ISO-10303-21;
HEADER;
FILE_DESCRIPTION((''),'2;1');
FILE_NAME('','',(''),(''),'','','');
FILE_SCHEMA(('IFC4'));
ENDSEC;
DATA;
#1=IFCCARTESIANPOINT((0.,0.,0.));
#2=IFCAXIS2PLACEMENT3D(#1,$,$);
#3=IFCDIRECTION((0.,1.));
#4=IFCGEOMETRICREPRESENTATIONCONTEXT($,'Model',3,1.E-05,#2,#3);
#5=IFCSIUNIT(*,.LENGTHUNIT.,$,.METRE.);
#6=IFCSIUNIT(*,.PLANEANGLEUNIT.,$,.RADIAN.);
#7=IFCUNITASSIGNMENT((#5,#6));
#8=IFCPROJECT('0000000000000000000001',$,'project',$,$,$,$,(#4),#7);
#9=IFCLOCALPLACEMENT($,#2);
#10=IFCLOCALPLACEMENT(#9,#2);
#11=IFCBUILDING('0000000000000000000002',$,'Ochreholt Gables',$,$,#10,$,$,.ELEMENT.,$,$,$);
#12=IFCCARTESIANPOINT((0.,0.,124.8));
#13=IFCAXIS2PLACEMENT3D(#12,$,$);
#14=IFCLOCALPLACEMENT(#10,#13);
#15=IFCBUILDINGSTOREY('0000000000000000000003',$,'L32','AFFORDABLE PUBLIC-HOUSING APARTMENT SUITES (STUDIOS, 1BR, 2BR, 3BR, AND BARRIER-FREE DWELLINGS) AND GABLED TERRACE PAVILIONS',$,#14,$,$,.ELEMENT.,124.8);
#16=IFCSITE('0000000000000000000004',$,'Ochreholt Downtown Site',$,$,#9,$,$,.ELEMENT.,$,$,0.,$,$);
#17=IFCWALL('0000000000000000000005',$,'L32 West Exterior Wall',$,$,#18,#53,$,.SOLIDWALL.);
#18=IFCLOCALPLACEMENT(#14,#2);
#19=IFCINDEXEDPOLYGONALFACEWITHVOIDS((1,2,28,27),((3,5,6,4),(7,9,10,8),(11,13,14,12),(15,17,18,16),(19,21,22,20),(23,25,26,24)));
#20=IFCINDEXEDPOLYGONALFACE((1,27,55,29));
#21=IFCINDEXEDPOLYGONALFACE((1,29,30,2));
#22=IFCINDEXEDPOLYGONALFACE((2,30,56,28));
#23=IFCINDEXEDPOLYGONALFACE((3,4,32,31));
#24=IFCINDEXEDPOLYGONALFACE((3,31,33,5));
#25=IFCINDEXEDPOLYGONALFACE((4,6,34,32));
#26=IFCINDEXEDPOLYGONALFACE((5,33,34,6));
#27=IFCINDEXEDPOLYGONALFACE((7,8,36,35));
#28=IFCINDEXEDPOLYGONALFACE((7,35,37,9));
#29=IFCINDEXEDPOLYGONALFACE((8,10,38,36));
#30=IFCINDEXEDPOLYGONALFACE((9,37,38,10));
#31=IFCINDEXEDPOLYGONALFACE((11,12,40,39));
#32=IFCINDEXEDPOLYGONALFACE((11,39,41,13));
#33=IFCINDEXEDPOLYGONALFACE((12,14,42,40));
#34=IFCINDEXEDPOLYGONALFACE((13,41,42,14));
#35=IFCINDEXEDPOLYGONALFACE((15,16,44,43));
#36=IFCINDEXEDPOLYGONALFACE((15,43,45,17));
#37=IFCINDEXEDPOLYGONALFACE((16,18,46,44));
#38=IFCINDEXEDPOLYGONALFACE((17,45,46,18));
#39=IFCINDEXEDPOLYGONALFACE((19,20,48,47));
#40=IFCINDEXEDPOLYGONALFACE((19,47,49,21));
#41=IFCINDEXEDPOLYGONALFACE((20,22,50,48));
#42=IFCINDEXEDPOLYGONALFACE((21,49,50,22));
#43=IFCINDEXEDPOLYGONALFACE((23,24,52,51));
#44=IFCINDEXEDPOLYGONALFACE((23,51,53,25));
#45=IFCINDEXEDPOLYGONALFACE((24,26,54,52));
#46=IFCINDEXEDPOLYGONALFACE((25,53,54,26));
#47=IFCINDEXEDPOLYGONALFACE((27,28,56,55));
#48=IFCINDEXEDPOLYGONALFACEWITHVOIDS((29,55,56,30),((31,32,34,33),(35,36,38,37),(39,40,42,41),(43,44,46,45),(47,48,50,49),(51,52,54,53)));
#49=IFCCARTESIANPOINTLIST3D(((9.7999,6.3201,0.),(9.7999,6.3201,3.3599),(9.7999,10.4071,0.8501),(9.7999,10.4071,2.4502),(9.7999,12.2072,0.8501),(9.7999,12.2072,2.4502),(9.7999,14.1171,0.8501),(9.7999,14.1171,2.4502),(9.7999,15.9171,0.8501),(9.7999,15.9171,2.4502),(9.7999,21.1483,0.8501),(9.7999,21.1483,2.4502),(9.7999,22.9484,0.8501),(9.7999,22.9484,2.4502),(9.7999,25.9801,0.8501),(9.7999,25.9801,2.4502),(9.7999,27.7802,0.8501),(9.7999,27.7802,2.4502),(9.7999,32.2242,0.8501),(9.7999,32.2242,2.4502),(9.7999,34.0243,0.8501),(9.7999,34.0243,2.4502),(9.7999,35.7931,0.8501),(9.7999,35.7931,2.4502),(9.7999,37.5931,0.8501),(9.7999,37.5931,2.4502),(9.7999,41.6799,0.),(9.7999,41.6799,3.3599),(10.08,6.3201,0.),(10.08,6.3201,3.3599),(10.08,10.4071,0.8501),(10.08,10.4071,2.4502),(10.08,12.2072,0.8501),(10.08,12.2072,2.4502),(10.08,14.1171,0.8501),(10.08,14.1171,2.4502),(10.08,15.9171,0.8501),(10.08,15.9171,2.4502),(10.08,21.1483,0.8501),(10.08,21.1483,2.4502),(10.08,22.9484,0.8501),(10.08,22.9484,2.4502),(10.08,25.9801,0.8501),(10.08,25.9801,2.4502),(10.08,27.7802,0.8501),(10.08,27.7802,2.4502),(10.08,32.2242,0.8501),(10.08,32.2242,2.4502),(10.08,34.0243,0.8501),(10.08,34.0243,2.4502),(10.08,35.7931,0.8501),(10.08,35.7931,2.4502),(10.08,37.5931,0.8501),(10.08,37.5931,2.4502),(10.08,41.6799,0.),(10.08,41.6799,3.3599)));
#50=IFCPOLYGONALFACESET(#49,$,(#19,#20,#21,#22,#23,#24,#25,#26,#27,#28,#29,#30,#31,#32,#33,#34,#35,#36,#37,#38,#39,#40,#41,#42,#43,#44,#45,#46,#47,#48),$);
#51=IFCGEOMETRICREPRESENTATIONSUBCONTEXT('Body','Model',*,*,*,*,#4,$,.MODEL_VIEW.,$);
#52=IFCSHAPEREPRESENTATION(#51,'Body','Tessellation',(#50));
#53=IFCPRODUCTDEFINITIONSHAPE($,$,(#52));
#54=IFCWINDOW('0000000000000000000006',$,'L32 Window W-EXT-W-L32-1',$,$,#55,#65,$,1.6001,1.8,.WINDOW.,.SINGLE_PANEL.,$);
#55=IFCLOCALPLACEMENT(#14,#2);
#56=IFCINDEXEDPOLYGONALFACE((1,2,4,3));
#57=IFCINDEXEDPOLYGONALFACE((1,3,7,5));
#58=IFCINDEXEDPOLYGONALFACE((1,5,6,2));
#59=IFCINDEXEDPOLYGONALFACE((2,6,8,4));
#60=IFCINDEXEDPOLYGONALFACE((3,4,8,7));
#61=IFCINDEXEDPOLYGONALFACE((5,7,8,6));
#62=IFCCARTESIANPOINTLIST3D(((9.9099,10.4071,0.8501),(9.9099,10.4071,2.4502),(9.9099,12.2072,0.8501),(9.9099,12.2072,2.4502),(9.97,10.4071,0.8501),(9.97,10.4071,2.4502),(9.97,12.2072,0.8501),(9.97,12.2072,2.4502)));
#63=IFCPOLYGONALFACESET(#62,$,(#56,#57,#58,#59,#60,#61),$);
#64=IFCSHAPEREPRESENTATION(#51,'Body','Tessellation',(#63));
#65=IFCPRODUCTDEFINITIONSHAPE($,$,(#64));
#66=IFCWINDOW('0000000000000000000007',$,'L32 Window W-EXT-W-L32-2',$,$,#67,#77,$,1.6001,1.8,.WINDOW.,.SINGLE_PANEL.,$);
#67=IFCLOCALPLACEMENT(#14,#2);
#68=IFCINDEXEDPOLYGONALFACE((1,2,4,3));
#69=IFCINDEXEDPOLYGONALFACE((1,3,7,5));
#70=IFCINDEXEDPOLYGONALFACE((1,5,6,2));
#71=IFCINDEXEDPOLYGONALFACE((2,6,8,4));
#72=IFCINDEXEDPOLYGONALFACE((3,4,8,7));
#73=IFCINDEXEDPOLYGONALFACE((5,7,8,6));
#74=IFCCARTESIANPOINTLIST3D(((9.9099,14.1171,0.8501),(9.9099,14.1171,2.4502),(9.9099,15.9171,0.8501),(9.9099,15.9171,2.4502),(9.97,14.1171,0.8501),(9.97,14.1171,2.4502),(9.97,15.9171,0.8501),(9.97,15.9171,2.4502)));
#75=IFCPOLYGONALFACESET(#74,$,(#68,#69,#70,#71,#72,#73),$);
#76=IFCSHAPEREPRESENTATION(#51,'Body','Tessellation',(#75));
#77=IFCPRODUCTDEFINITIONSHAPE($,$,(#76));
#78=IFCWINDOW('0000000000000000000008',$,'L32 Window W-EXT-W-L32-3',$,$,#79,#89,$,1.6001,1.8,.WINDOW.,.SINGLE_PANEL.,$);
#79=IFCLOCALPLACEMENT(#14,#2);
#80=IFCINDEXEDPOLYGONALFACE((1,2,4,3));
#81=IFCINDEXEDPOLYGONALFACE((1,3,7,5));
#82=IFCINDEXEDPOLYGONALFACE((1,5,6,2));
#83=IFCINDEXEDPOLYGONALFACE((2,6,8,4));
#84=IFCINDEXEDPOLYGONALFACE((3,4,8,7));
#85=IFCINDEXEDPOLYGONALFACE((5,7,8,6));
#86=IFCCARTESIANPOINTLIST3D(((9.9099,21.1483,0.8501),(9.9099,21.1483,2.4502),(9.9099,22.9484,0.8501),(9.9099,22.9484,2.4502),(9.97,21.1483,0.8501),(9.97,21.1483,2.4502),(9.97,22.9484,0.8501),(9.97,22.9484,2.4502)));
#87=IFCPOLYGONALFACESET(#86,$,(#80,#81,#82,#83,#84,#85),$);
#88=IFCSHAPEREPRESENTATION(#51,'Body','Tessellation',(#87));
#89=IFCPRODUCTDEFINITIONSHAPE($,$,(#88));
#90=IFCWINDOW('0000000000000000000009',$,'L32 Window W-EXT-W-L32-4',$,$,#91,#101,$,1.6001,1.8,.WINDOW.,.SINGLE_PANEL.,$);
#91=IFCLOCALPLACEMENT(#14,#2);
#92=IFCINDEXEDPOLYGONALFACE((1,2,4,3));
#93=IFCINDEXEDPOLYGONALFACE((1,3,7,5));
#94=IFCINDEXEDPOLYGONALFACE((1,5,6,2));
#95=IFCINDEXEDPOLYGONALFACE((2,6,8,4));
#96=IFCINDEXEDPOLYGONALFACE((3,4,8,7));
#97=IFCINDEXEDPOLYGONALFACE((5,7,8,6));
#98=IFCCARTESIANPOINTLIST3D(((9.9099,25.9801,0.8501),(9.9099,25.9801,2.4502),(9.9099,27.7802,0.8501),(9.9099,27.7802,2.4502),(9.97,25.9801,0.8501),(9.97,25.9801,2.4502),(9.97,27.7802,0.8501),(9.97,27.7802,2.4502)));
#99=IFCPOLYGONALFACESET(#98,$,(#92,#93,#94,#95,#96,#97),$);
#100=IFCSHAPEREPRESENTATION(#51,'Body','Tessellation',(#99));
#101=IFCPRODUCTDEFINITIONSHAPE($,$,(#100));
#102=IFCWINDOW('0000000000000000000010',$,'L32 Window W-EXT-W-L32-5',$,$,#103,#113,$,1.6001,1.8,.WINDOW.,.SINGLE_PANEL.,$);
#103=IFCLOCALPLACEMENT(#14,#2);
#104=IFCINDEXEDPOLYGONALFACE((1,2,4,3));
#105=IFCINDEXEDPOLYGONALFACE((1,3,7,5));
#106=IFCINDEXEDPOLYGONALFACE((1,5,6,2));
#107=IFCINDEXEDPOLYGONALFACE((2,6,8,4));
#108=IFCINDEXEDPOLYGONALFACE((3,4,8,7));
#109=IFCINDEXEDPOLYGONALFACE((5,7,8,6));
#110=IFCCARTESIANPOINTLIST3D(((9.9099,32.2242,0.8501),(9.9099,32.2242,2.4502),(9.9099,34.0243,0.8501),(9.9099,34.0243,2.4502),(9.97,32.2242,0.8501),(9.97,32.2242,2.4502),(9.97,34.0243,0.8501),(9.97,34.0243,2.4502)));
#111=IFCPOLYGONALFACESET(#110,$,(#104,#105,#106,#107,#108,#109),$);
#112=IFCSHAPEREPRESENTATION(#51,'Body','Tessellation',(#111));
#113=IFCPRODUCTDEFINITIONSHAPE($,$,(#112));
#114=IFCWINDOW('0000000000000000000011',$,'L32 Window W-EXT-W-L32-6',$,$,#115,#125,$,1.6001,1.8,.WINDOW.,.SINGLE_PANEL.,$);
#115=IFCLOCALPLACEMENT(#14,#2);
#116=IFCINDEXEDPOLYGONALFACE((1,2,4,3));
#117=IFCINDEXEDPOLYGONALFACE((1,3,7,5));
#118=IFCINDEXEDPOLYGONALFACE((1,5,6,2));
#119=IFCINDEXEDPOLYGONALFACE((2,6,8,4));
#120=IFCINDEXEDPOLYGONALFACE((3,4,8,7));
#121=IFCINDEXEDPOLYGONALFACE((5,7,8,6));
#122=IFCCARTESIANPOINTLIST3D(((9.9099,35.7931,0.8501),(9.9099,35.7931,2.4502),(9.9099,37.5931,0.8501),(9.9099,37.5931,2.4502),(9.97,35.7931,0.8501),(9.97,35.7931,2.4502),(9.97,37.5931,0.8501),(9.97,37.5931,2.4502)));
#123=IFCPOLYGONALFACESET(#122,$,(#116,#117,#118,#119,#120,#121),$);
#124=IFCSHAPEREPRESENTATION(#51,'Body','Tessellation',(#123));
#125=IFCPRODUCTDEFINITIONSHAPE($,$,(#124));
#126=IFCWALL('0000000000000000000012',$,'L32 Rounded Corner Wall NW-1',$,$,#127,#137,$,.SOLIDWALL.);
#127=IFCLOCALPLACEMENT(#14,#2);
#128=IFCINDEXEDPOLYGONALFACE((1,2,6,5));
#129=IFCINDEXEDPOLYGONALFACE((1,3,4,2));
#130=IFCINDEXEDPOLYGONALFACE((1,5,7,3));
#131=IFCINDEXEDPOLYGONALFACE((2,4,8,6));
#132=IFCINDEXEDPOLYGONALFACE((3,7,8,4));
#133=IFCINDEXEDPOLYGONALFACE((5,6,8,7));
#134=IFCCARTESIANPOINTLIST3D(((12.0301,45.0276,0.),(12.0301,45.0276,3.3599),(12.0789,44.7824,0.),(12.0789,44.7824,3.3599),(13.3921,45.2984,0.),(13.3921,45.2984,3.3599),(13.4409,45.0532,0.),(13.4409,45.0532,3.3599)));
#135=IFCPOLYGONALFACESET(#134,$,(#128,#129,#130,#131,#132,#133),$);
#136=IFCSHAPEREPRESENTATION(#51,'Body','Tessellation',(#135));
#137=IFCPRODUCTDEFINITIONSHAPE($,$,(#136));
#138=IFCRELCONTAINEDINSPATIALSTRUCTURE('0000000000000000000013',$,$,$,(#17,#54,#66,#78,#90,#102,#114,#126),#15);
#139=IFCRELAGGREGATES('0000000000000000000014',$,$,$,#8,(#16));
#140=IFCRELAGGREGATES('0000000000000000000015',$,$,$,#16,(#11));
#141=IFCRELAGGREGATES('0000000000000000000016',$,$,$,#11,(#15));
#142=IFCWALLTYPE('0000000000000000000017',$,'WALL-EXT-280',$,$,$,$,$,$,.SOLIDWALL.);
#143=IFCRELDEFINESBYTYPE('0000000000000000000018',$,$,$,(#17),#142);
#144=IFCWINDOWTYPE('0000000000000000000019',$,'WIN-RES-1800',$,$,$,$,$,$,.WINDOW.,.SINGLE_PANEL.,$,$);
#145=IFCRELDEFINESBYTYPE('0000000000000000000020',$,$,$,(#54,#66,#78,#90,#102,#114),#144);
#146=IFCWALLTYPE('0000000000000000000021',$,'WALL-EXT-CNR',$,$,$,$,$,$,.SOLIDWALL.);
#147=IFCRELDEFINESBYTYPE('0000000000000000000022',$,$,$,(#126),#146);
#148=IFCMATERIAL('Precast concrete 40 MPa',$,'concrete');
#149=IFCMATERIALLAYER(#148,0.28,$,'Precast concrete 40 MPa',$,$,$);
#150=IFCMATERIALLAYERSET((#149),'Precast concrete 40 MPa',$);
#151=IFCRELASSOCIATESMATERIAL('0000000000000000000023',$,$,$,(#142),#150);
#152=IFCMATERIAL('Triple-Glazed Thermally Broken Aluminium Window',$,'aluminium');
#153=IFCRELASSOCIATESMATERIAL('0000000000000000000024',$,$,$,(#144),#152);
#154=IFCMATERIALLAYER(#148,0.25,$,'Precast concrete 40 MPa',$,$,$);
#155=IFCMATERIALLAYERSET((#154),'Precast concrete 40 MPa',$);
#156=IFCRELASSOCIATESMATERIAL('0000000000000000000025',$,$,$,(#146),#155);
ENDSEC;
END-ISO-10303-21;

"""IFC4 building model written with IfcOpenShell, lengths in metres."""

from ifc_helpers import new_model, si_unit, direction, frame, frame_2d, origin, place, context, subcontext, project, spatial, rectangle, extrude, material, layer, layer_set, type_object, element, fill, save


model = new_model("IFC4")

# Units and contexts
model_context = context("Model", 3, precision=1e-05, world=origin(), true_north=direction((0.0, 1.0)))
body_context = subcontext(model_context, "Body", "Model", "MODEL_VIEW")
ifc_project = project(units=[si_unit("LENGTHUNIT", "METRE"), si_unit("PLANEANGLEUNIT", "RADIAN")], contexts=[model_context])

# Site, building, storey
site_placement = place(None, origin())
site = spatial("IfcSite", under=ifc_project, at=site_placement, Name="Ochreholt Downtown Site", CompositionType="ELEMENT", RefElevation=0.0)
building_placement = place(site_placement, origin())
building = spatial("IfcBuilding", under=site, at=building_placement, Name="Ochreholt Gables", CompositionType="ELEMENT")
storey_placement = place(building_placement, frame((0.0, 0.0, 124.8)))
storey = spatial("IfcBuildingStorey", under=building, at=storey_placement, Name="L32", Description="AFFORDABLE PUBLIC-HOUSING APARTMENT SUITES (STUDIOS, 1BR, 2BR, 3BR, AND BARRIER-FREE DWELLINGS) AND GABLED TERRACE PAVILIONS", CompositionType="ELEMENT", Elevation=124.8)

# Wall, openings, windows
ifc_material_1 = material(Name="Precast concrete 40 MPa", Category="concrete")
ifc_layer_1 = layer(ifc_material_1, 0.28, Name="Precast concrete 40 MPa")
ifc_layer_set_1 = layer_set([ifc_layer_1], Name="Precast concrete 40 MPa")
wall_type_1 = type_object("IfcWallType", Name="WALL-EXT-280", PredefinedType="SOLIDWALL", material=ifc_layer_set_1)
wall_1_placement = place(storey_placement, frame((9.9399, 41.6799, 0.0), z_axis=(0.0, 0.0, 1.0), x_axis=(0.0, -1.0, 0.0)))
wall_1 = element("IfcWall", 1, at=wall_1_placement, inside=storey, type_object=wall_type_1, Name="L32 West Exterior Wall", PredefinedType="SOLIDWALL", context=body_context, shape_type="SweptSolid", body=[
    extrude(rectangle(XDim=35.3599, YDim=0.28, at=frame_2d((17.6799, 0.0))), origin(), (0.0, 0.0, 1.0), 3.3599),
])
opening_1_placement = place(wall_1_placement, frame((29.4729, 0.0, 0.8501)))
opening_1 = element("IfcOpeningElement", 2, at=opening_1_placement, cuts=wall_1, PredefinedType="OPENING", context=body_context, shape_type="SweptSolid", body=[
    extrude(rectangle(XDim=1.8, YDim=1.6001, at=frame_2d((0.8999, 0.8))), frame((0.0, 0.1499, 0.0), z_axis=(0.0, -1.0, 0.0), x_axis=(1.0, 0.0, 0.0)), (0.0, 0.0, 1.0), 0.3),
])
opening_2_placement = place(wall_1_placement, frame((25.7629, 0.0, 0.8501)))
opening_2 = element("IfcOpeningElement", 3, at=opening_2_placement, cuts=wall_1, PredefinedType="OPENING", context=body_context, shape_type="SweptSolid", body=[
    extrude(rectangle(XDim=1.8, YDim=1.6001, at=frame_2d((0.8999, 0.8))), frame((0.0, 0.1499, 0.0), z_axis=(0.0, -1.0, 0.0), x_axis=(1.0, 0.0, 0.0)), (0.0, 0.0, 1.0), 0.3),
])
opening_3_placement = place(wall_1_placement, frame((18.7317, 0.0, 0.8501)))
opening_3 = element("IfcOpeningElement", 4, at=opening_3_placement, cuts=wall_1, PredefinedType="OPENING", context=body_context, shape_type="SweptSolid", body=[
    extrude(rectangle(XDim=1.8, YDim=1.6001, at=frame_2d((0.8999, 0.8))), frame((0.0, 0.1499, 0.0), z_axis=(0.0, -1.0, 0.0), x_axis=(1.0, 0.0, 0.0)), (0.0, 0.0, 1.0), 0.3),
])
opening_4_placement = place(wall_1_placement, frame((13.8999, 0.0, 0.8501)))
opening_4 = element("IfcOpeningElement", 5, at=opening_4_placement, cuts=wall_1, PredefinedType="OPENING", context=body_context, shape_type="SweptSolid", body=[
    extrude(rectangle(XDim=1.8, YDim=1.6001, at=frame_2d((0.8999, 0.8))), frame((0.0, 0.1499, 0.0), z_axis=(0.0, -1.0, 0.0), x_axis=(1.0, 0.0, 0.0)), (0.0, 0.0, 1.0), 0.3),
])
opening_5_placement = place(wall_1_placement, frame((7.6558, 0.0, 0.8501)))
opening_5 = element("IfcOpeningElement", 6, at=opening_5_placement, cuts=wall_1, PredefinedType="OPENING", context=body_context, shape_type="SweptSolid", body=[
    extrude(rectangle(XDim=1.8, YDim=1.6001, at=frame_2d((0.8999, 0.8))), frame((0.0, 0.1499, 0.0), z_axis=(0.0, -1.0, 0.0), x_axis=(1.0, 0.0, 0.0)), (0.0, 0.0, 1.0), 0.3),
])
opening_6_placement = place(wall_1_placement, frame((4.0869, 0.0, 0.8501)))
opening_6 = element("IfcOpeningElement", 7, at=opening_6_placement, cuts=wall_1, PredefinedType="OPENING", context=body_context, shape_type="SweptSolid", body=[
    extrude(rectangle(XDim=1.8, YDim=1.6001, at=frame_2d((0.8999, 0.8))), frame((0.0, 0.1499, 0.0), z_axis=(0.0, -1.0, 0.0), x_axis=(1.0, 0.0, 0.0)), (0.0, 0.0, 1.0), 0.3),
])
ifc_material_2 = material(Name="Triple-Glazed Thermally Broken Aluminium Window", Category="aluminium")
window_type_1 = type_object("IfcWindowType", Name="WIN-RES-1800", PartitioningType="SINGLE_PANEL", PredefinedType="WINDOW", material=ifc_material_2)
window_1_placement = place(opening_1_placement, origin())
window_1 = element("IfcWindow", 8, at=window_1_placement, inside=storey, type_object=window_type_1, Name="L32 Window W-EXT-W-L32-1", OverallHeight=1.6001, OverallWidth=1.8, PartitioningType="SINGLE_PANEL", PredefinedType="WINDOW", context=body_context, shape_type="SweptSolid", body=[
    extrude(rectangle(XDim=1.8, YDim=1.6001, at=frame_2d((0.8999, 0.8))), frame((0.0, 0.03, 0.0), z_axis=(0.0, -1.0, 0.0), x_axis=(1.0, 0.0, 0.0)), (0.0, 0.0, 1.0), 0.0601),
])
fill(opening_1, window_1)
window_2_placement = place(opening_2_placement, origin())
window_2 = element("IfcWindow", 9, at=window_2_placement, inside=storey, type_object=window_type_1, Name="L32 Window W-EXT-W-L32-2", OverallHeight=1.6001, OverallWidth=1.8, PartitioningType="SINGLE_PANEL", PredefinedType="WINDOW", context=body_context, shape_type="SweptSolid", body=[
    extrude(rectangle(XDim=1.8, YDim=1.6001, at=frame_2d((0.8999, 0.8))), frame((0.0, 0.03, 0.0), z_axis=(0.0, -1.0, 0.0), x_axis=(1.0, 0.0, 0.0)), (0.0, 0.0, 1.0), 0.0601),
])
fill(opening_2, window_2)
window_3_placement = place(opening_3_placement, origin())
window_3 = element("IfcWindow", 10, at=window_3_placement, inside=storey, type_object=window_type_1, Name="L32 Window W-EXT-W-L32-3", OverallHeight=1.6001, OverallWidth=1.8, PartitioningType="SINGLE_PANEL", PredefinedType="WINDOW", context=body_context, shape_type="SweptSolid", body=[
    extrude(rectangle(XDim=1.8, YDim=1.6001, at=frame_2d((0.8999, 0.8))), frame((0.0, 0.03, 0.0), z_axis=(0.0, -1.0, 0.0), x_axis=(1.0, 0.0, 0.0)), (0.0, 0.0, 1.0), 0.0601),
])
fill(opening_3, window_3)
window_4_placement = place(opening_4_placement, origin())
window_4 = element("IfcWindow", 11, at=window_4_placement, inside=storey, type_object=window_type_1, Name="L32 Window W-EXT-W-L32-4", OverallHeight=1.6001, OverallWidth=1.8, PartitioningType="SINGLE_PANEL", PredefinedType="WINDOW", context=body_context, shape_type="SweptSolid", body=[
    extrude(rectangle(XDim=1.8, YDim=1.6001, at=frame_2d((0.8999, 0.8))), frame((0.0, 0.03, 0.0), z_axis=(0.0, -1.0, 0.0), x_axis=(1.0, 0.0, 0.0)), (0.0, 0.0, 1.0), 0.0601),
])
fill(opening_4, window_4)
window_5_placement = place(opening_5_placement, origin())
window_5 = element("IfcWindow", 12, at=window_5_placement, inside=storey, type_object=window_type_1, Name="L32 Window W-EXT-W-L32-5", OverallHeight=1.6001, OverallWidth=1.8, PartitioningType="SINGLE_PANEL", PredefinedType="WINDOW", context=body_context, shape_type="SweptSolid", body=[
    extrude(rectangle(XDim=1.8, YDim=1.6001, at=frame_2d((0.8999, 0.8))), frame((0.0, 0.03, 0.0), z_axis=(0.0, -1.0, 0.0), x_axis=(1.0, 0.0, 0.0)), (0.0, 0.0, 1.0), 0.0601),
])
fill(opening_5, window_5)
window_6_placement = place(opening_6_placement, origin())
window_6 = element("IfcWindow", 13, at=window_6_placement, inside=storey, type_object=window_type_1, Name="L32 Window W-EXT-W-L32-6", OverallHeight=1.6001, OverallWidth=1.8, PartitioningType="SINGLE_PANEL", PredefinedType="WINDOW", context=body_context, shape_type="SweptSolid", body=[
    extrude(rectangle(XDim=1.8, YDim=1.6001, at=frame_2d((0.8999, 0.8))), frame((0.0, 0.03, 0.0), z_axis=(0.0, -1.0, 0.0), x_axis=(1.0, 0.0, 0.0)), (0.0, 0.0, 1.0), 0.0601),
])
fill(opening_6, window_6)

# Wall
ifc_layer_2 = layer(ifc_material_1, 0.25, Name="Precast concrete 40 MPa")
ifc_layer_set_2 = layer_set([ifc_layer_2], Name="Precast concrete 40 MPa")
wall_type_2 = type_object("IfcWallType", Name="WALL-EXT-CNR", PredefinedType="SOLIDWALL", material=ifc_layer_set_2)
wall_2_placement = place(storey_placement, frame((13.4165, 45.1758, 0.0), z_axis=(0.0, 0.0, 1.0), x_axis=(-0.98081, -0.194967, 0.0)))
element("IfcWall", 14, at=wall_2_placement, inside=storey, type_object=wall_type_2, Name="L32 Rounded Corner Wall NW-1", PredefinedType="SOLIDWALL", context=body_context, shape_type="SweptSolid", body=[
    extrude(rectangle(XDim=1.3887, YDim=0.25, at=frame_2d((0.6943, 0.0))), origin(), (0.0, 0.0, 1.0), 3.3599),
])

save(model, "model.ifc")
